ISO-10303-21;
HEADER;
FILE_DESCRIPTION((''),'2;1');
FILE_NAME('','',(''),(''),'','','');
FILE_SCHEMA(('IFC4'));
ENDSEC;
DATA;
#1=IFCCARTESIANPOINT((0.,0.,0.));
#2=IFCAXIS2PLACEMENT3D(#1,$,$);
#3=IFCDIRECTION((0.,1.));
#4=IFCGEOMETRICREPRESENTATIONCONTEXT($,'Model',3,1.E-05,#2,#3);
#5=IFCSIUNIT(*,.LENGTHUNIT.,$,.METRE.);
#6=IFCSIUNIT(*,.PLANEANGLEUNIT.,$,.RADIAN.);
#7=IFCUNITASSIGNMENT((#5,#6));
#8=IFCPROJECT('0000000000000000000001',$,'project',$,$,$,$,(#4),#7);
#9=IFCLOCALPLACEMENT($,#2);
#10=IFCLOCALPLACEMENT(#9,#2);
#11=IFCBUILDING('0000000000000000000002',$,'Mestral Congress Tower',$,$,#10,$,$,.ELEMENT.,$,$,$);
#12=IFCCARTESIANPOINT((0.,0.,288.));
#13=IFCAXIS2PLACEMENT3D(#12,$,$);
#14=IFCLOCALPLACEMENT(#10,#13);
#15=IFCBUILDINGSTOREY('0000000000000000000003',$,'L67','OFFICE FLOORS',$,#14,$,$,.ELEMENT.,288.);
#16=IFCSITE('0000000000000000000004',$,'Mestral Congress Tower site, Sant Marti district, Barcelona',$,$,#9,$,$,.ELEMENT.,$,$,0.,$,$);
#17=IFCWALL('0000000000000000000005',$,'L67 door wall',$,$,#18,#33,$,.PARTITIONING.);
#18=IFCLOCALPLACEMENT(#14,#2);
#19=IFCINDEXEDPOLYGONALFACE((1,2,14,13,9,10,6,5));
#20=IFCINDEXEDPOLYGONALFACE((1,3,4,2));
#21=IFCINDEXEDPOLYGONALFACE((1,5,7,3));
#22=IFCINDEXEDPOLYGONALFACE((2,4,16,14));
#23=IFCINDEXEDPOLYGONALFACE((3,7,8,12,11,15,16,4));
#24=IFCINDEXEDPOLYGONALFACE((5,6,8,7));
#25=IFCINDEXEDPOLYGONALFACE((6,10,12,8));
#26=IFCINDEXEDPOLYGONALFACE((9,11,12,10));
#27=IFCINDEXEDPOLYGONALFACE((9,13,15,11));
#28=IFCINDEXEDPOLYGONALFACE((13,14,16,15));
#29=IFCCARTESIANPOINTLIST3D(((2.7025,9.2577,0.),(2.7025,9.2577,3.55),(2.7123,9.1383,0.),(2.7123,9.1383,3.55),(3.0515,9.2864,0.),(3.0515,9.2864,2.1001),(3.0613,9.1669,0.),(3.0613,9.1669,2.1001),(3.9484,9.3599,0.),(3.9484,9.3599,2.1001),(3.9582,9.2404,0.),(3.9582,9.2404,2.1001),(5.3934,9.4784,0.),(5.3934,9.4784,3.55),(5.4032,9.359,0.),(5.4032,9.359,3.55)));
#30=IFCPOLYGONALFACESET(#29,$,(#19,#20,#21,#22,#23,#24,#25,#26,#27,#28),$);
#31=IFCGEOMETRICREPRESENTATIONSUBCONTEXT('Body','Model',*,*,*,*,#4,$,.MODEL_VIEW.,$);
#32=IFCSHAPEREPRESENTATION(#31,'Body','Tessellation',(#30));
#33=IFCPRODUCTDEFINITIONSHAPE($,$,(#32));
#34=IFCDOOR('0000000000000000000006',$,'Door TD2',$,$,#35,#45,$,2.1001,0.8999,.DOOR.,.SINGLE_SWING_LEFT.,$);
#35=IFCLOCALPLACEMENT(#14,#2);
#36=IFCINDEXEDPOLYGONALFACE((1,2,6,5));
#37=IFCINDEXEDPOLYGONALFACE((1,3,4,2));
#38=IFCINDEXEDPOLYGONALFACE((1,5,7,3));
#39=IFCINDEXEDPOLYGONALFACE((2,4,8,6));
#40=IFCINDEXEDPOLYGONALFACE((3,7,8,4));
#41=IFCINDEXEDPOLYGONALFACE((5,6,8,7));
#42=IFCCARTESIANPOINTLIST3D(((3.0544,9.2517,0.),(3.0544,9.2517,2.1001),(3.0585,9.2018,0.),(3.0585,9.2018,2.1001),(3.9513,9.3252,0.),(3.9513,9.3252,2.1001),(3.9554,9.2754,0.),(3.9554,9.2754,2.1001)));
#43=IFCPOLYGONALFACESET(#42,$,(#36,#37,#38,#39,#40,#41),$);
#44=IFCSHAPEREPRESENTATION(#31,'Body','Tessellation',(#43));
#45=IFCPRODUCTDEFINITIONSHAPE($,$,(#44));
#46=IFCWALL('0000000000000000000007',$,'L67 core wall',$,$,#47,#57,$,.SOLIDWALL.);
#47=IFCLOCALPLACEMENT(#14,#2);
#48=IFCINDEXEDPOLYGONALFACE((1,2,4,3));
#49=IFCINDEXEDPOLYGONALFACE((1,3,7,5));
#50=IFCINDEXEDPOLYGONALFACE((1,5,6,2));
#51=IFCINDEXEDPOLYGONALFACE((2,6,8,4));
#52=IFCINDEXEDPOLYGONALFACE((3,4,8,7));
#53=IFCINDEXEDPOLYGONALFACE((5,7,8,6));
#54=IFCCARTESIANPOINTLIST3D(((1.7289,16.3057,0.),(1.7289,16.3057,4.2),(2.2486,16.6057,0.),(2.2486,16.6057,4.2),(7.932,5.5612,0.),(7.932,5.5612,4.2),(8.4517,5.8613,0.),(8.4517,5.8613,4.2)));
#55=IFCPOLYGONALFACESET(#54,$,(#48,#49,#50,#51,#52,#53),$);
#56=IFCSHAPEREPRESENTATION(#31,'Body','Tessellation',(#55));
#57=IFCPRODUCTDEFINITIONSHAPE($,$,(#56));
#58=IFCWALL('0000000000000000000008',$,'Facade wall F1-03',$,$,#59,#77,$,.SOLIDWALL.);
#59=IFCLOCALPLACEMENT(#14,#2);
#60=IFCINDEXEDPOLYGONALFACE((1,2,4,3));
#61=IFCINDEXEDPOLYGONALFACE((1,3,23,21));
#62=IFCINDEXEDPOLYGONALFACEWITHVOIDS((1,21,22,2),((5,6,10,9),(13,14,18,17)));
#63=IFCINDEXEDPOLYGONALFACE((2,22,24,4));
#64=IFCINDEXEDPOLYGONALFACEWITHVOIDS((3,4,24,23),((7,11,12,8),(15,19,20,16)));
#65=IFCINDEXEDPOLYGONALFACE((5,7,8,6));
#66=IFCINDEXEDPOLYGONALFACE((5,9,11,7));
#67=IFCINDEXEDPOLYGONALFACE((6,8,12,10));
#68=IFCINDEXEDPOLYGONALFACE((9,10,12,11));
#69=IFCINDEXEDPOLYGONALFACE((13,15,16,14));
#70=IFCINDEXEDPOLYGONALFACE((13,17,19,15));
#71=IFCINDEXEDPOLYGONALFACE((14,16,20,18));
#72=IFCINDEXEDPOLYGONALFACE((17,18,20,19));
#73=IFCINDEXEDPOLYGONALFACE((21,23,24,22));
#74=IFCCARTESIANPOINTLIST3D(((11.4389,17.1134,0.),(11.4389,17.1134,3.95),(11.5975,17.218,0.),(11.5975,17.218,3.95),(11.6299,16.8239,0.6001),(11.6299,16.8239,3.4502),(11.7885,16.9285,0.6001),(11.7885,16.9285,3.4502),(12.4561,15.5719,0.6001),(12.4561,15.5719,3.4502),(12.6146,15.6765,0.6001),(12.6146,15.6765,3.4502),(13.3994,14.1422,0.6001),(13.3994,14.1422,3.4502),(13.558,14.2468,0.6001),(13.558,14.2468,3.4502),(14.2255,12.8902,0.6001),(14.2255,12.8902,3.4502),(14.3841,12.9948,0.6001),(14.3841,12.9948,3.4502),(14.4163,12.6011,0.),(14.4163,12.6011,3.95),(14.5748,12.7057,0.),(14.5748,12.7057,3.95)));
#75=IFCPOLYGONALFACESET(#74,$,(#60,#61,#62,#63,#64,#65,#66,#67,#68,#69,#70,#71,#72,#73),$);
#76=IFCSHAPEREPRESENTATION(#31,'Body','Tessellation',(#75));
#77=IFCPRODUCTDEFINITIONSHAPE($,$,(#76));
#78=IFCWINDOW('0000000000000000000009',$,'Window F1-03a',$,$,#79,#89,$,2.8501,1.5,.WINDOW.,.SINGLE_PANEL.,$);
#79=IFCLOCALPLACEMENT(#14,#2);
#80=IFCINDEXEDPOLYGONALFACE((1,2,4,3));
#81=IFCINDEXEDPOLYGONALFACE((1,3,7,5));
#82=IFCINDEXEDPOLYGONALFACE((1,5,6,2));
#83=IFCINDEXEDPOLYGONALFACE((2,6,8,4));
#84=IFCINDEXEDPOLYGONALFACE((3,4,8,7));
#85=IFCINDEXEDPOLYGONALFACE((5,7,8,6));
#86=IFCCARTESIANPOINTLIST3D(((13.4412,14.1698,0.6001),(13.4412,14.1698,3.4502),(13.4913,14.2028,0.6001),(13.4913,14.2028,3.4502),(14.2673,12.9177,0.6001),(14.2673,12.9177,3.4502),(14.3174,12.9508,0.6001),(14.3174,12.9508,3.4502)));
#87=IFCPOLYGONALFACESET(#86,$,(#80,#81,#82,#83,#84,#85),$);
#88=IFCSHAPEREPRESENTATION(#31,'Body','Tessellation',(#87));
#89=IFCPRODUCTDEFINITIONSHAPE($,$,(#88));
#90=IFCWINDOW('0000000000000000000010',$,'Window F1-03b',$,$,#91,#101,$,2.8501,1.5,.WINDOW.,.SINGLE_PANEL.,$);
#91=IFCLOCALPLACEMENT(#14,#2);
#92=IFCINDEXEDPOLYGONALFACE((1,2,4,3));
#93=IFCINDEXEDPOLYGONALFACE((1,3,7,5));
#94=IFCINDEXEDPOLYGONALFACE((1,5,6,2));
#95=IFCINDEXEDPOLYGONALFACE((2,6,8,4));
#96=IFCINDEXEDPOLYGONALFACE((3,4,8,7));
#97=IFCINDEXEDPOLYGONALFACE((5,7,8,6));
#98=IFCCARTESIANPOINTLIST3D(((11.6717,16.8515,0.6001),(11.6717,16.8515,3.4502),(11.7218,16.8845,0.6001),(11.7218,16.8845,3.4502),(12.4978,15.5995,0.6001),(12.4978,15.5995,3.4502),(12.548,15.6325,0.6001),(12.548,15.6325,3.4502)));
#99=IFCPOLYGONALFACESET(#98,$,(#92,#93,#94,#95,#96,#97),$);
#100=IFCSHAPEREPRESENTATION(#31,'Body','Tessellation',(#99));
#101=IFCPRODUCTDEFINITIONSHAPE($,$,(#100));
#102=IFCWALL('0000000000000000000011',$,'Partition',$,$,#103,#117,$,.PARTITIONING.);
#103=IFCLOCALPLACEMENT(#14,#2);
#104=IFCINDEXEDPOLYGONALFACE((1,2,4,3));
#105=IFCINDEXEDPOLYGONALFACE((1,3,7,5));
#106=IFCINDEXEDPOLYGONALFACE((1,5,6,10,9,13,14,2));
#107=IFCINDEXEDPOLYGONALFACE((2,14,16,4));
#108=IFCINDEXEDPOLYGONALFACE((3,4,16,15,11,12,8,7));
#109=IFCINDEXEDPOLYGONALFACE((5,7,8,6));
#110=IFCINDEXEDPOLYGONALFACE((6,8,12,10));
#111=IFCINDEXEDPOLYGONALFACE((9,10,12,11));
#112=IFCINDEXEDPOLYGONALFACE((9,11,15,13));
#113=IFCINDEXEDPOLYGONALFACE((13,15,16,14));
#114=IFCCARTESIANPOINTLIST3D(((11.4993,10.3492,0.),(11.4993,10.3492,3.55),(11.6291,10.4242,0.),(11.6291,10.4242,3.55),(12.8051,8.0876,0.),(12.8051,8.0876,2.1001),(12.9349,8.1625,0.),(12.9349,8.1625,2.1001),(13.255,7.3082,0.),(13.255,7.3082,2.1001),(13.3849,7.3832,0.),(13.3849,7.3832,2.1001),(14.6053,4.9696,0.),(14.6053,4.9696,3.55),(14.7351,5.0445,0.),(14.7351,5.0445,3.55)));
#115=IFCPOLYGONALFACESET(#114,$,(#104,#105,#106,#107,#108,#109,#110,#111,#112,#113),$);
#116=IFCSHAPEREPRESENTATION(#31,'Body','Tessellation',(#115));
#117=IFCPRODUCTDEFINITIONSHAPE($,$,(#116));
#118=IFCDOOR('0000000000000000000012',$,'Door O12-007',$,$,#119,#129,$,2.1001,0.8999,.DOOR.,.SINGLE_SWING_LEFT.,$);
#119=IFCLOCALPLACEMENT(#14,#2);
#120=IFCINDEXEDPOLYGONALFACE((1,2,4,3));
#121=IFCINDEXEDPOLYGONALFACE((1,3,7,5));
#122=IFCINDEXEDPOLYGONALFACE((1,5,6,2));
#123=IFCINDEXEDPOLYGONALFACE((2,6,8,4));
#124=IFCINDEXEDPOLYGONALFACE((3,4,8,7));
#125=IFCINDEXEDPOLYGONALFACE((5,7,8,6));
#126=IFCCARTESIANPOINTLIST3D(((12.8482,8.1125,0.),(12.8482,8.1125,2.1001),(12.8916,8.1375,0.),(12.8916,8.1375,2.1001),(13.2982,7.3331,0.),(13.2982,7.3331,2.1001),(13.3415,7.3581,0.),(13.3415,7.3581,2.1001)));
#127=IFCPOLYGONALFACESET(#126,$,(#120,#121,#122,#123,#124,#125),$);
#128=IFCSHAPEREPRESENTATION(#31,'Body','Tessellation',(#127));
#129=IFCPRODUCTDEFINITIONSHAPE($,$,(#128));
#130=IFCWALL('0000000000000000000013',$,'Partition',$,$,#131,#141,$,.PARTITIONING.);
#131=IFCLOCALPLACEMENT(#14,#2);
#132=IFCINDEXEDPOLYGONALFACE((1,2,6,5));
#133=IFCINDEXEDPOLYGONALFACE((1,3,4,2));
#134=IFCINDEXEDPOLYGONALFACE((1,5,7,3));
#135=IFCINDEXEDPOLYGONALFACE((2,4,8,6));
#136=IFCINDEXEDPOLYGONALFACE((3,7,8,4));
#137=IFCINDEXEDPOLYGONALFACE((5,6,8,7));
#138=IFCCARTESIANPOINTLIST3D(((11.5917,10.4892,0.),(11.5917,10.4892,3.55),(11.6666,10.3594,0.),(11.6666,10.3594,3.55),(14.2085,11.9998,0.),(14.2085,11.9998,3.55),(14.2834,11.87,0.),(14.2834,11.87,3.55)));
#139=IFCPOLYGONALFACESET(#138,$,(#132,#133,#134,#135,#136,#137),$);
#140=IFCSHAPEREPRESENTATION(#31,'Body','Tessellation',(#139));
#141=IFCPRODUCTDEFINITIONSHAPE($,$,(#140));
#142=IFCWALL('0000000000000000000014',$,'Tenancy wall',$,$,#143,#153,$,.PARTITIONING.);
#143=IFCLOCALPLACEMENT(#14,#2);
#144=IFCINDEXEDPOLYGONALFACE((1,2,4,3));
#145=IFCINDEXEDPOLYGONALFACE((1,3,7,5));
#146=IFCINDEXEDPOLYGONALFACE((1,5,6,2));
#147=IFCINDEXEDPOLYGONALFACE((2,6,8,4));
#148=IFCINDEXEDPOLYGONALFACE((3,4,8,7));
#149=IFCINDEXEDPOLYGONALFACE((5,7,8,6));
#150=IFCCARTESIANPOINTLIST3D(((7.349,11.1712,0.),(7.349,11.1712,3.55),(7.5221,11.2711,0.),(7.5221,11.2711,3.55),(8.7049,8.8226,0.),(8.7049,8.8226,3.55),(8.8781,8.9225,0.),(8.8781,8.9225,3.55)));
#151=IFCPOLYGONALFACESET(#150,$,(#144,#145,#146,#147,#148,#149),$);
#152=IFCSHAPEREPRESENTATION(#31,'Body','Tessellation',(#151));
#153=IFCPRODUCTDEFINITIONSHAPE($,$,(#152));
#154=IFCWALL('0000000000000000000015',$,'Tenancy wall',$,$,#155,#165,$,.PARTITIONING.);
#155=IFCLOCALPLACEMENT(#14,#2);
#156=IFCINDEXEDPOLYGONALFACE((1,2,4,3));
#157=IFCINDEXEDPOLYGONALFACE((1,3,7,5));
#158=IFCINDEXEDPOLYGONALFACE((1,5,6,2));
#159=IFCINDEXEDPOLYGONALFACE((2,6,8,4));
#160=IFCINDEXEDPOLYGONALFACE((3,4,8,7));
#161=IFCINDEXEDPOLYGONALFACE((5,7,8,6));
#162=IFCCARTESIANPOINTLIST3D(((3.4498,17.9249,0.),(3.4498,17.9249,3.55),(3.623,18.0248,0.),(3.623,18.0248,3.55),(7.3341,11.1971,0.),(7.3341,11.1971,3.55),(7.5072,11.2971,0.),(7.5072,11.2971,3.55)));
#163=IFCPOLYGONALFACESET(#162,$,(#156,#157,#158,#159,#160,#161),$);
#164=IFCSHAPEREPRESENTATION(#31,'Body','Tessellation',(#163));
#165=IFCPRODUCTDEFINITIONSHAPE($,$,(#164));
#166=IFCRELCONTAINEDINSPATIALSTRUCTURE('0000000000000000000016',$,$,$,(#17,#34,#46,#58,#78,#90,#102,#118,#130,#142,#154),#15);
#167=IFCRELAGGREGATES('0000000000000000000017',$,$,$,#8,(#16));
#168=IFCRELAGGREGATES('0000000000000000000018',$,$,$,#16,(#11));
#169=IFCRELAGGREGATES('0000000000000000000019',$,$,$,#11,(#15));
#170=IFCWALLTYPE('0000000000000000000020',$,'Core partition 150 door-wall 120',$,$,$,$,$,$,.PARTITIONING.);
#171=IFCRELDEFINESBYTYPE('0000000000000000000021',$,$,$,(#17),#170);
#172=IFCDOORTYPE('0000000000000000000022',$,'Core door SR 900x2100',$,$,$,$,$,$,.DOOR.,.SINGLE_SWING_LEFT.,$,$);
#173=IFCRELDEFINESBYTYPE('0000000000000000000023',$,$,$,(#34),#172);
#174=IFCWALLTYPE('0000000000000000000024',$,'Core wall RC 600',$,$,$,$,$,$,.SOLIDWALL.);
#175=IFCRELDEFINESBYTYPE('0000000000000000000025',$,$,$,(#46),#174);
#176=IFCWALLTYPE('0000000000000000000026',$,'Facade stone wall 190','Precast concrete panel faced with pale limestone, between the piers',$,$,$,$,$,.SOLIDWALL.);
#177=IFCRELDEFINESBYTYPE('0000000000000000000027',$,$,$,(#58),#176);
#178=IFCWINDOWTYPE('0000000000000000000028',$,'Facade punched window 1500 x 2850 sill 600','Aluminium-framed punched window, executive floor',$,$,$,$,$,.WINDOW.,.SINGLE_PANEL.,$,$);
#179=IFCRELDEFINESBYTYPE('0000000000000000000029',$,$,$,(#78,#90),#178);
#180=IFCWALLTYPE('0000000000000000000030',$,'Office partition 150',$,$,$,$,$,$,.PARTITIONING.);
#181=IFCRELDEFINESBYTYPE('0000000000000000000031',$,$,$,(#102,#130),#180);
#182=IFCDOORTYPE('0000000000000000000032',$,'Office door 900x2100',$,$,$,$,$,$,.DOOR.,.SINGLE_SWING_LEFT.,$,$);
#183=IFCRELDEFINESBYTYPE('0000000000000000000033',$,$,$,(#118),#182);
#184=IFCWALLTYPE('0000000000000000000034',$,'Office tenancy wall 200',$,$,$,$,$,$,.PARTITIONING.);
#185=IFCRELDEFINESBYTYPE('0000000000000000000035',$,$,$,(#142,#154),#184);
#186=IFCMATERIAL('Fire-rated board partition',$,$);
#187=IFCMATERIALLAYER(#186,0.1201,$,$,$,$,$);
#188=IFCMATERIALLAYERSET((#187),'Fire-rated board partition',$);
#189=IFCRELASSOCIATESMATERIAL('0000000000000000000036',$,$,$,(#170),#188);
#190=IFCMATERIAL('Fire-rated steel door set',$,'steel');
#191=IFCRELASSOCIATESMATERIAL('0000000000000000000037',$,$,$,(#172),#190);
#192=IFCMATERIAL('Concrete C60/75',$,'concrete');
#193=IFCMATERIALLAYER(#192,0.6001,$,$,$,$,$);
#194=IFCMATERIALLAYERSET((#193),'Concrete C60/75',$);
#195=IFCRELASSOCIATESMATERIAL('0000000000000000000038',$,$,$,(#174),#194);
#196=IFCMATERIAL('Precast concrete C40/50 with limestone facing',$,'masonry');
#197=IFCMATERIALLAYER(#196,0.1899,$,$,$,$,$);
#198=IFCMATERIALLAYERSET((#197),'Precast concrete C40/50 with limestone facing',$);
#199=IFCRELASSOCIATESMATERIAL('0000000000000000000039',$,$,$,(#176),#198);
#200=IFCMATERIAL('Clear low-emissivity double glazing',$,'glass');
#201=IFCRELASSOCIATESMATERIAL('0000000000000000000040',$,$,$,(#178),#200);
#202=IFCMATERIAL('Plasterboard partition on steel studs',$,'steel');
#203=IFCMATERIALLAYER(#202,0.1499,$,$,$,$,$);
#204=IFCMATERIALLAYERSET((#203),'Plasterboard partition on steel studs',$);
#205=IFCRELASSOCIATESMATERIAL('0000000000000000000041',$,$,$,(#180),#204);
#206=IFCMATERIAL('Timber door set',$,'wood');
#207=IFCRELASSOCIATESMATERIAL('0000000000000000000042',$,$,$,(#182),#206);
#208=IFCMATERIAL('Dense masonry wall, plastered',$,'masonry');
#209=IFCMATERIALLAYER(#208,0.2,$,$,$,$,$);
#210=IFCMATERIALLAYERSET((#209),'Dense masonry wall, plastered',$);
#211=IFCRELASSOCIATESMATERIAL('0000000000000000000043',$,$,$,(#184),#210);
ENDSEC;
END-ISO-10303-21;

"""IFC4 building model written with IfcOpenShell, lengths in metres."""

from ifc_helpers import new_model, si_unit, direction, frame, frame_2d, origin, place, context, subcontext, project, spatial, rectangle, extrude, material, layer, layer_set, type_object, element, fill, save


model = new_model("IFC4")

# Units and contexts
model_context = context("Model", 3, precision=1e-05, world=origin(), true_north=direction((0.0, 1.0)))
body_context = subcontext(model_context, "Body", "Model", "MODEL_VIEW")
ifc_project = project(units=[si_unit("LENGTHUNIT", "METRE"), si_unit("PLANEANGLEUNIT", "RADIAN")], contexts=[model_context])

# Site, building, storey
site_placement = place(None, origin())
site = spatial("IfcSite", under=ifc_project, at=site_placement, Name="Mestral Congress Tower site, Sant Marti district, Barcelona", CompositionType="ELEMENT", RefElevation=0.0)
building_placement = place(site_placement, origin())
building = spatial("IfcBuilding", under=site, at=building_placement, Name="Mestral Congress Tower", CompositionType="ELEMENT")
storey_placement = place(building_placement, frame((0.0, 0.0, 288.0)))
storey = spatial("IfcBuildingStorey", under=building, at=storey_placement, Name="L67", Description="OFFICE FLOORS", CompositionType="ELEMENT", Elevation=288.0)

# Shared definitions
ifc_material_1 = material(Name="Concrete C60/75", Category="concrete")

# Wall, opening, door
ifc_material_2 = material(Name="Fire-rated board partition")
ifc_layer_1 = layer(ifc_material_2, 0.1201)
ifc_layer_set_1 = layer_set([ifc_layer_1], Name="Fire-rated board partition")
wall_type_1 = type_object("IfcWallType", Name="Core partition 150 door-wall 120", PredefinedType="PARTITIONING", material=ifc_layer_set_1)
wall_1_placement = place(storey_placement, frame((5.3984, 9.4187, 0.0), z_axis=(0.0, 0.0, 1.0), x_axis=(-0.996653, -0.081743, 0.0)))
wall_1 = element("IfcWall", 1, at=wall_1_placement, inside=storey, type_object=wall_type_1, Name="L67 door wall", PredefinedType="PARTITIONING", context=body_context, shape_type="SweptSolid", body=[
    extrude(rectangle(XDim=2.7, YDim=0.1199, at=frame_2d((1.3501, 0.0))), origin(), (0.0, 0.0, 1.0), 3.55),
])
opening_1_placement = place(wall_1_placement, frame((1.45, 0.0, 0.0)))
opening_1 = element("IfcOpeningElement", 2, at=opening_1_placement, cuts=wall_1, PredefinedType="OPENING", context=body_context, shape_type="SweptSolid", body=[
    extrude(rectangle(XDim=0.8999, YDim=2.1001, at=frame_2d((0.45, 1.05))), frame((0.0, 0.0698, 0.0), z_axis=(0.0, -1.0, 0.0), x_axis=(1.0, 0.0, 0.0)), (0.0, 0.0, 1.0), 0.1399),
])
ifc_material_3 = material(Name="Fire-rated steel door set", Category="steel")
door_type_1 = type_object("IfcDoorType", Name="Core door SR 900x2100", OperationType="SINGLE_SWING_LEFT", PredefinedType="DOOR", material=ifc_material_3)
door_1_placement = place(opening_1_placement, origin())
door_1 = element("IfcDoor", 3, at=door_1_placement, inside=storey, type_object=door_type_1, Name="Door TD2", OperationType="SINGLE_SWING_LEFT", OverallHeight=2.1001, OverallWidth=0.8999, PredefinedType="DOOR", context=body_context, shape_type="SweptSolid", body=[
    extrude(rectangle(XDim=0.8999, YDim=2.1001, at=frame_2d((0.45, 1.05))), frame((0.0, 0.0249, 0.0), z_axis=(0.0, -1.0, 0.0), x_axis=(1.0, 0.0, 0.0)), (0.0, 0.0, 1.0), 0.05),
])
fill(opening_1, door_1)

# Wall
ifc_layer_2 = layer(ifc_material_1, 0.6001)
ifc_layer_set_2 = layer_set([ifc_layer_2], Name="Concrete C60/75")
wall_type_2 = type_object("IfcWallType", Name="Core wall RC 600", PredefinedType="SOLIDWALL", material=ifc_layer_set_2)
wall_2_placement = place(storey_placement, frame((1.9888, 16.4556, 0.0), z_axis=(0.0, 0.0, 1.0), x_axis=(0.499991, -0.866031, 0.0)))
element("IfcWall", 4, at=wall_2_placement, inside=storey, type_object=wall_type_2, Name="L67 core wall", PredefinedType="SOLIDWALL", context=body_context, shape_type="SweptSolid", body=[
    extrude(rectangle(XDim=12.4065, YDim=0.6001, at=frame_2d((6.2031, 0.0))), origin(), (0.0, 0.0, 1.0), 4.2),
])

# Wall, openings, windows
ifc_material_4 = material(Name="Precast concrete C40/50 with limestone facing", Category="masonry")
ifc_layer_3 = layer(ifc_material_4, 0.1899)
ifc_layer_set_3 = layer_set([ifc_layer_3], Name="Precast concrete C40/50 with limestone facing")
wall_type_3 = type_object("IfcWallType", Name="Facade stone wall 190", Description="Precast concrete panel faced with pale limestone, between the piers", PredefinedType="SOLIDWALL", material=ifc_layer_set_3)
wall_3_placement = place(storey_placement, frame((14.4956, 12.6533, 0.0), z_axis=(0.0, 0.0, 1.0), x_axis=(-0.550744, 0.834674, 0.0)))
wall_3 = element("IfcWall", 5, at=wall_3_placement, inside=storey, type_object=wall_type_3, Name="Facade wall F1-03", PredefinedType="SOLIDWALL", context=body_context, shape_type="SweptSolid", body=[
    extrude(rectangle(XDim=5.406, YDim=0.1899, at=frame_2d((2.7031, 0.0))), origin(), (0.0, 0.0, 1.0), 3.95),
])
opening_2_placement = place(wall_3_placement, frame((0.3464, 0.0, 0.6001)))
opening_2 = element("IfcOpeningElement", 6, at=opening_2_placement, cuts=wall_3, PredefinedType="OPENING", context=body_context, shape_type="SweptSolid", body=[
    extrude(rectangle(XDim=1.5, YDim=2.8501, at=frame_2d((0.75, 1.425))), frame((0.0, 0.105, 0.0), z_axis=(0.0, -1.0, 0.0), x_axis=(1.0, 0.0, 0.0)), (0.0, 0.0, 1.0), 0.21),
])
opening_3_placement = place(wall_3_placement, frame((3.5593, 0.0, 0.6001)))
opening_3 = element("IfcOpeningElement", 7, at=opening_3_placement, cuts=wall_3, PredefinedType="OPENING", context=body_context, shape_type="SweptSolid", body=[
    extrude(rectangle(XDim=1.5, YDim=2.8501, at=frame_2d((0.75, 1.425))), frame((0.0, 0.105, 0.0), z_axis=(0.0, -1.0, 0.0), x_axis=(1.0, 0.0, 0.0)), (0.0, 0.0, 1.0), 0.21),
])
ifc_material_5 = material(Name="Clear low-emissivity double glazing", Category="glass")
window_type = type_object("IfcWindowType", Name="Facade punched window 1500 x 2850 sill 600", Description="Aluminium-framed punched window, executive floor", PartitioningType="SINGLE_PANEL", PredefinedType="WINDOW", material=ifc_material_5)
window_1_placement = place(opening_2_placement, origin())
window_1 = element("IfcWindow", 8, at=window_1_placement, inside=storey, type_object=window_type, Name="Window F1-03a", OverallHeight=2.8501, OverallWidth=1.5, PartitioningType="SINGLE_PANEL", PredefinedType="WINDOW", context=body_context, shape_type="SweptSolid", body=[
    extrude(rectangle(XDim=1.5, YDim=2.8501, at=frame_2d((0.75, 1.425))), frame((0.0, 0.0449, 0.0), z_axis=(0.0, -1.0, 0.0), x_axis=(1.0, 0.0, 0.0)), (0.0, 0.0, 1.0), 0.0601),
])
fill(opening_2, window_1)
window_2_placement = place(opening_3_placement, origin())
window_2 = element("IfcWindow", 9, at=window_2_placement, inside=storey, type_object=window_type, Name="Window F1-03b", OverallHeight=2.8501, OverallWidth=1.5, PartitioningType="SINGLE_PANEL", PredefinedType="WINDOW", context=body_context, shape_type="SweptSolid", body=[
    extrude(rectangle(XDim=1.5, YDim=2.8501, at=frame_2d((0.75, 1.425))), frame((0.0, 0.0449, 0.0), z_axis=(0.0, -1.0, 0.0), x_axis=(1.0, 0.0, 0.0)), (0.0, 0.0, 1.0), 0.0601),
])
fill(opening_3, window_2)

# Wall, opening, door
ifc_material_6 = material(Name="Plasterboard partition on steel studs", Category="steel")
ifc_layer_4 = layer(ifc_material_6, 0.1499)
ifc_layer_set_4 = layer_set([ifc_layer_4], Name="Plasterboard partition on steel studs")
wall_type_4 = type_object("IfcWallType", Name="Office partition 150", PredefinedType="PARTITIONING", material=ifc_layer_set_4)
wall_4_placement = place(storey_placement, frame((11.5642, 10.3867, 0.0), z_axis=(0.0, 0.0, 1.0), x_axis=(0.500003, -0.866024, 0.0)))
wall_4 = element("IfcWall", 10, at=wall_4_placement, inside=storey, type_object=wall_type_4, Name="Partition", PredefinedType="PARTITIONING", context=body_context, shape_type="SweptSolid", body=[
    extrude(rectangle(XDim=6.2119, YDim=0.1499, at=frame_2d((3.106, 0.0))), origin(), (0.0, 0.0, 1.0), 3.55),
])
opening_4_placement = place(wall_4_placement, frame((2.6116, 0.0, 0.0)))
opening_4 = element("IfcOpeningElement", 11, at=opening_4_placement, cuts=wall_4, PredefinedType="OPENING", context=body_context, shape_type="SweptSolid", body=[
    extrude(rectangle(XDim=0.8999, YDim=2.1001, at=frame_2d((0.45, 1.05))), frame((0.0, 0.085, 0.0), z_axis=(0.0, -1.0, 0.0), x_axis=(1.0, 0.0, 0.0)), (0.0, 0.0, 1.0), 0.1699),
])
ifc_material_7 = material(Name="Timber door set", Category="wood")
door_type_2 = type_object("IfcDoorType", Name="Office door 900x2100", OperationType="SINGLE_SWING_LEFT", PredefinedType="DOOR", material=ifc_material_7)
door_2_placement = place(opening_4_placement, origin())
door_2 = element("IfcDoor", 12, at=door_2_placement, inside=storey, type_object=door_type_2, Name="Door O12-007", OperationType="SINGLE_SWING_LEFT", OverallHeight=2.1001, OverallWidth=0.8999, PredefinedType="DOOR", context=body_context, shape_type="SweptSolid", body=[
    extrude(rectangle(XDim=0.8999, YDim=2.1001, at=frame_2d((0.45, 1.05))), frame((0.0, 0.0249, 0.0), z_axis=(0.0, -1.0, 0.0), x_axis=(1.0, 0.0, 0.0)), (0.0, 0.0, 1.0), 0.05),
])
fill(opening_4, door_2)

# Walls
wall_5_placement = place(storey_placement, frame((11.6292, 10.4243, 0.0), z_axis=(0.0, 0.0, 1.0), x_axis=(0.866062, 0.499937, 0.0)))
element("IfcWall", 13, at=wall_5_placement, inside=storey, type_object=wall_type_4, Name="Partition", PredefinedType="PARTITIONING", context=body_context, shape_type="SweptSolid", body=[
    extrude(rectangle(XDim=3.0215, YDim=0.1499, at=frame_2d((1.5107, 0.0))), origin(), (0.0, 0.0, 1.0), 3.55),
])
ifc_material_8 = material(Name="Dense masonry wall, plastered", Category="masonry")
ifc_layer_5 = layer(ifc_material_8, 0.2)
ifc_layer_set_5 = layer_set([ifc_layer_5], Name="Dense masonry wall, plastered")
wall_type_5 = type_object("IfcWallType", Name="Office tenancy wall 200", PredefinedType="PARTITIONING", material=ifc_layer_set_5)
wall_6_placement = place(storey_placement, frame((8.7915, 8.8726, 0.0), z_axis=(0.0, 0.0, 1.0), x_axis=(-0.499993, 0.86603, 0.0)))
element("IfcWall", 14, at=wall_6_placement, inside=storey, type_object=wall_type_5, Name="Tenancy wall", PredefinedType="PARTITIONING", context=body_context, shape_type="SweptSolid", body=[
    extrude(rectangle(XDim=2.7119, YDim=0.2, at=frame_2d((1.356, 0.0))), origin(), (0.0, 0.0, 1.0), 3.55),
])
wall_7_placement = place(storey_placement, frame((7.4207, 11.2471, 0.0), z_axis=(0.0, 0.0, 1.0), x_axis=(-0.499999, 0.866026, 0.0)))
element("IfcWall", 15, at=wall_7_placement, inside=storey, type_object=wall_type_5, Name="Tenancy wall", PredefinedType="PARTITIONING", context=body_context, shape_type="SweptSolid", body=[
    extrude(rectangle(XDim=7.7686, YDim=0.2, at=frame_2d((3.8843, 0.0))), origin(), (0.0, 0.0, 1.0), 3.55),
])

save(model, "model.ifc")
